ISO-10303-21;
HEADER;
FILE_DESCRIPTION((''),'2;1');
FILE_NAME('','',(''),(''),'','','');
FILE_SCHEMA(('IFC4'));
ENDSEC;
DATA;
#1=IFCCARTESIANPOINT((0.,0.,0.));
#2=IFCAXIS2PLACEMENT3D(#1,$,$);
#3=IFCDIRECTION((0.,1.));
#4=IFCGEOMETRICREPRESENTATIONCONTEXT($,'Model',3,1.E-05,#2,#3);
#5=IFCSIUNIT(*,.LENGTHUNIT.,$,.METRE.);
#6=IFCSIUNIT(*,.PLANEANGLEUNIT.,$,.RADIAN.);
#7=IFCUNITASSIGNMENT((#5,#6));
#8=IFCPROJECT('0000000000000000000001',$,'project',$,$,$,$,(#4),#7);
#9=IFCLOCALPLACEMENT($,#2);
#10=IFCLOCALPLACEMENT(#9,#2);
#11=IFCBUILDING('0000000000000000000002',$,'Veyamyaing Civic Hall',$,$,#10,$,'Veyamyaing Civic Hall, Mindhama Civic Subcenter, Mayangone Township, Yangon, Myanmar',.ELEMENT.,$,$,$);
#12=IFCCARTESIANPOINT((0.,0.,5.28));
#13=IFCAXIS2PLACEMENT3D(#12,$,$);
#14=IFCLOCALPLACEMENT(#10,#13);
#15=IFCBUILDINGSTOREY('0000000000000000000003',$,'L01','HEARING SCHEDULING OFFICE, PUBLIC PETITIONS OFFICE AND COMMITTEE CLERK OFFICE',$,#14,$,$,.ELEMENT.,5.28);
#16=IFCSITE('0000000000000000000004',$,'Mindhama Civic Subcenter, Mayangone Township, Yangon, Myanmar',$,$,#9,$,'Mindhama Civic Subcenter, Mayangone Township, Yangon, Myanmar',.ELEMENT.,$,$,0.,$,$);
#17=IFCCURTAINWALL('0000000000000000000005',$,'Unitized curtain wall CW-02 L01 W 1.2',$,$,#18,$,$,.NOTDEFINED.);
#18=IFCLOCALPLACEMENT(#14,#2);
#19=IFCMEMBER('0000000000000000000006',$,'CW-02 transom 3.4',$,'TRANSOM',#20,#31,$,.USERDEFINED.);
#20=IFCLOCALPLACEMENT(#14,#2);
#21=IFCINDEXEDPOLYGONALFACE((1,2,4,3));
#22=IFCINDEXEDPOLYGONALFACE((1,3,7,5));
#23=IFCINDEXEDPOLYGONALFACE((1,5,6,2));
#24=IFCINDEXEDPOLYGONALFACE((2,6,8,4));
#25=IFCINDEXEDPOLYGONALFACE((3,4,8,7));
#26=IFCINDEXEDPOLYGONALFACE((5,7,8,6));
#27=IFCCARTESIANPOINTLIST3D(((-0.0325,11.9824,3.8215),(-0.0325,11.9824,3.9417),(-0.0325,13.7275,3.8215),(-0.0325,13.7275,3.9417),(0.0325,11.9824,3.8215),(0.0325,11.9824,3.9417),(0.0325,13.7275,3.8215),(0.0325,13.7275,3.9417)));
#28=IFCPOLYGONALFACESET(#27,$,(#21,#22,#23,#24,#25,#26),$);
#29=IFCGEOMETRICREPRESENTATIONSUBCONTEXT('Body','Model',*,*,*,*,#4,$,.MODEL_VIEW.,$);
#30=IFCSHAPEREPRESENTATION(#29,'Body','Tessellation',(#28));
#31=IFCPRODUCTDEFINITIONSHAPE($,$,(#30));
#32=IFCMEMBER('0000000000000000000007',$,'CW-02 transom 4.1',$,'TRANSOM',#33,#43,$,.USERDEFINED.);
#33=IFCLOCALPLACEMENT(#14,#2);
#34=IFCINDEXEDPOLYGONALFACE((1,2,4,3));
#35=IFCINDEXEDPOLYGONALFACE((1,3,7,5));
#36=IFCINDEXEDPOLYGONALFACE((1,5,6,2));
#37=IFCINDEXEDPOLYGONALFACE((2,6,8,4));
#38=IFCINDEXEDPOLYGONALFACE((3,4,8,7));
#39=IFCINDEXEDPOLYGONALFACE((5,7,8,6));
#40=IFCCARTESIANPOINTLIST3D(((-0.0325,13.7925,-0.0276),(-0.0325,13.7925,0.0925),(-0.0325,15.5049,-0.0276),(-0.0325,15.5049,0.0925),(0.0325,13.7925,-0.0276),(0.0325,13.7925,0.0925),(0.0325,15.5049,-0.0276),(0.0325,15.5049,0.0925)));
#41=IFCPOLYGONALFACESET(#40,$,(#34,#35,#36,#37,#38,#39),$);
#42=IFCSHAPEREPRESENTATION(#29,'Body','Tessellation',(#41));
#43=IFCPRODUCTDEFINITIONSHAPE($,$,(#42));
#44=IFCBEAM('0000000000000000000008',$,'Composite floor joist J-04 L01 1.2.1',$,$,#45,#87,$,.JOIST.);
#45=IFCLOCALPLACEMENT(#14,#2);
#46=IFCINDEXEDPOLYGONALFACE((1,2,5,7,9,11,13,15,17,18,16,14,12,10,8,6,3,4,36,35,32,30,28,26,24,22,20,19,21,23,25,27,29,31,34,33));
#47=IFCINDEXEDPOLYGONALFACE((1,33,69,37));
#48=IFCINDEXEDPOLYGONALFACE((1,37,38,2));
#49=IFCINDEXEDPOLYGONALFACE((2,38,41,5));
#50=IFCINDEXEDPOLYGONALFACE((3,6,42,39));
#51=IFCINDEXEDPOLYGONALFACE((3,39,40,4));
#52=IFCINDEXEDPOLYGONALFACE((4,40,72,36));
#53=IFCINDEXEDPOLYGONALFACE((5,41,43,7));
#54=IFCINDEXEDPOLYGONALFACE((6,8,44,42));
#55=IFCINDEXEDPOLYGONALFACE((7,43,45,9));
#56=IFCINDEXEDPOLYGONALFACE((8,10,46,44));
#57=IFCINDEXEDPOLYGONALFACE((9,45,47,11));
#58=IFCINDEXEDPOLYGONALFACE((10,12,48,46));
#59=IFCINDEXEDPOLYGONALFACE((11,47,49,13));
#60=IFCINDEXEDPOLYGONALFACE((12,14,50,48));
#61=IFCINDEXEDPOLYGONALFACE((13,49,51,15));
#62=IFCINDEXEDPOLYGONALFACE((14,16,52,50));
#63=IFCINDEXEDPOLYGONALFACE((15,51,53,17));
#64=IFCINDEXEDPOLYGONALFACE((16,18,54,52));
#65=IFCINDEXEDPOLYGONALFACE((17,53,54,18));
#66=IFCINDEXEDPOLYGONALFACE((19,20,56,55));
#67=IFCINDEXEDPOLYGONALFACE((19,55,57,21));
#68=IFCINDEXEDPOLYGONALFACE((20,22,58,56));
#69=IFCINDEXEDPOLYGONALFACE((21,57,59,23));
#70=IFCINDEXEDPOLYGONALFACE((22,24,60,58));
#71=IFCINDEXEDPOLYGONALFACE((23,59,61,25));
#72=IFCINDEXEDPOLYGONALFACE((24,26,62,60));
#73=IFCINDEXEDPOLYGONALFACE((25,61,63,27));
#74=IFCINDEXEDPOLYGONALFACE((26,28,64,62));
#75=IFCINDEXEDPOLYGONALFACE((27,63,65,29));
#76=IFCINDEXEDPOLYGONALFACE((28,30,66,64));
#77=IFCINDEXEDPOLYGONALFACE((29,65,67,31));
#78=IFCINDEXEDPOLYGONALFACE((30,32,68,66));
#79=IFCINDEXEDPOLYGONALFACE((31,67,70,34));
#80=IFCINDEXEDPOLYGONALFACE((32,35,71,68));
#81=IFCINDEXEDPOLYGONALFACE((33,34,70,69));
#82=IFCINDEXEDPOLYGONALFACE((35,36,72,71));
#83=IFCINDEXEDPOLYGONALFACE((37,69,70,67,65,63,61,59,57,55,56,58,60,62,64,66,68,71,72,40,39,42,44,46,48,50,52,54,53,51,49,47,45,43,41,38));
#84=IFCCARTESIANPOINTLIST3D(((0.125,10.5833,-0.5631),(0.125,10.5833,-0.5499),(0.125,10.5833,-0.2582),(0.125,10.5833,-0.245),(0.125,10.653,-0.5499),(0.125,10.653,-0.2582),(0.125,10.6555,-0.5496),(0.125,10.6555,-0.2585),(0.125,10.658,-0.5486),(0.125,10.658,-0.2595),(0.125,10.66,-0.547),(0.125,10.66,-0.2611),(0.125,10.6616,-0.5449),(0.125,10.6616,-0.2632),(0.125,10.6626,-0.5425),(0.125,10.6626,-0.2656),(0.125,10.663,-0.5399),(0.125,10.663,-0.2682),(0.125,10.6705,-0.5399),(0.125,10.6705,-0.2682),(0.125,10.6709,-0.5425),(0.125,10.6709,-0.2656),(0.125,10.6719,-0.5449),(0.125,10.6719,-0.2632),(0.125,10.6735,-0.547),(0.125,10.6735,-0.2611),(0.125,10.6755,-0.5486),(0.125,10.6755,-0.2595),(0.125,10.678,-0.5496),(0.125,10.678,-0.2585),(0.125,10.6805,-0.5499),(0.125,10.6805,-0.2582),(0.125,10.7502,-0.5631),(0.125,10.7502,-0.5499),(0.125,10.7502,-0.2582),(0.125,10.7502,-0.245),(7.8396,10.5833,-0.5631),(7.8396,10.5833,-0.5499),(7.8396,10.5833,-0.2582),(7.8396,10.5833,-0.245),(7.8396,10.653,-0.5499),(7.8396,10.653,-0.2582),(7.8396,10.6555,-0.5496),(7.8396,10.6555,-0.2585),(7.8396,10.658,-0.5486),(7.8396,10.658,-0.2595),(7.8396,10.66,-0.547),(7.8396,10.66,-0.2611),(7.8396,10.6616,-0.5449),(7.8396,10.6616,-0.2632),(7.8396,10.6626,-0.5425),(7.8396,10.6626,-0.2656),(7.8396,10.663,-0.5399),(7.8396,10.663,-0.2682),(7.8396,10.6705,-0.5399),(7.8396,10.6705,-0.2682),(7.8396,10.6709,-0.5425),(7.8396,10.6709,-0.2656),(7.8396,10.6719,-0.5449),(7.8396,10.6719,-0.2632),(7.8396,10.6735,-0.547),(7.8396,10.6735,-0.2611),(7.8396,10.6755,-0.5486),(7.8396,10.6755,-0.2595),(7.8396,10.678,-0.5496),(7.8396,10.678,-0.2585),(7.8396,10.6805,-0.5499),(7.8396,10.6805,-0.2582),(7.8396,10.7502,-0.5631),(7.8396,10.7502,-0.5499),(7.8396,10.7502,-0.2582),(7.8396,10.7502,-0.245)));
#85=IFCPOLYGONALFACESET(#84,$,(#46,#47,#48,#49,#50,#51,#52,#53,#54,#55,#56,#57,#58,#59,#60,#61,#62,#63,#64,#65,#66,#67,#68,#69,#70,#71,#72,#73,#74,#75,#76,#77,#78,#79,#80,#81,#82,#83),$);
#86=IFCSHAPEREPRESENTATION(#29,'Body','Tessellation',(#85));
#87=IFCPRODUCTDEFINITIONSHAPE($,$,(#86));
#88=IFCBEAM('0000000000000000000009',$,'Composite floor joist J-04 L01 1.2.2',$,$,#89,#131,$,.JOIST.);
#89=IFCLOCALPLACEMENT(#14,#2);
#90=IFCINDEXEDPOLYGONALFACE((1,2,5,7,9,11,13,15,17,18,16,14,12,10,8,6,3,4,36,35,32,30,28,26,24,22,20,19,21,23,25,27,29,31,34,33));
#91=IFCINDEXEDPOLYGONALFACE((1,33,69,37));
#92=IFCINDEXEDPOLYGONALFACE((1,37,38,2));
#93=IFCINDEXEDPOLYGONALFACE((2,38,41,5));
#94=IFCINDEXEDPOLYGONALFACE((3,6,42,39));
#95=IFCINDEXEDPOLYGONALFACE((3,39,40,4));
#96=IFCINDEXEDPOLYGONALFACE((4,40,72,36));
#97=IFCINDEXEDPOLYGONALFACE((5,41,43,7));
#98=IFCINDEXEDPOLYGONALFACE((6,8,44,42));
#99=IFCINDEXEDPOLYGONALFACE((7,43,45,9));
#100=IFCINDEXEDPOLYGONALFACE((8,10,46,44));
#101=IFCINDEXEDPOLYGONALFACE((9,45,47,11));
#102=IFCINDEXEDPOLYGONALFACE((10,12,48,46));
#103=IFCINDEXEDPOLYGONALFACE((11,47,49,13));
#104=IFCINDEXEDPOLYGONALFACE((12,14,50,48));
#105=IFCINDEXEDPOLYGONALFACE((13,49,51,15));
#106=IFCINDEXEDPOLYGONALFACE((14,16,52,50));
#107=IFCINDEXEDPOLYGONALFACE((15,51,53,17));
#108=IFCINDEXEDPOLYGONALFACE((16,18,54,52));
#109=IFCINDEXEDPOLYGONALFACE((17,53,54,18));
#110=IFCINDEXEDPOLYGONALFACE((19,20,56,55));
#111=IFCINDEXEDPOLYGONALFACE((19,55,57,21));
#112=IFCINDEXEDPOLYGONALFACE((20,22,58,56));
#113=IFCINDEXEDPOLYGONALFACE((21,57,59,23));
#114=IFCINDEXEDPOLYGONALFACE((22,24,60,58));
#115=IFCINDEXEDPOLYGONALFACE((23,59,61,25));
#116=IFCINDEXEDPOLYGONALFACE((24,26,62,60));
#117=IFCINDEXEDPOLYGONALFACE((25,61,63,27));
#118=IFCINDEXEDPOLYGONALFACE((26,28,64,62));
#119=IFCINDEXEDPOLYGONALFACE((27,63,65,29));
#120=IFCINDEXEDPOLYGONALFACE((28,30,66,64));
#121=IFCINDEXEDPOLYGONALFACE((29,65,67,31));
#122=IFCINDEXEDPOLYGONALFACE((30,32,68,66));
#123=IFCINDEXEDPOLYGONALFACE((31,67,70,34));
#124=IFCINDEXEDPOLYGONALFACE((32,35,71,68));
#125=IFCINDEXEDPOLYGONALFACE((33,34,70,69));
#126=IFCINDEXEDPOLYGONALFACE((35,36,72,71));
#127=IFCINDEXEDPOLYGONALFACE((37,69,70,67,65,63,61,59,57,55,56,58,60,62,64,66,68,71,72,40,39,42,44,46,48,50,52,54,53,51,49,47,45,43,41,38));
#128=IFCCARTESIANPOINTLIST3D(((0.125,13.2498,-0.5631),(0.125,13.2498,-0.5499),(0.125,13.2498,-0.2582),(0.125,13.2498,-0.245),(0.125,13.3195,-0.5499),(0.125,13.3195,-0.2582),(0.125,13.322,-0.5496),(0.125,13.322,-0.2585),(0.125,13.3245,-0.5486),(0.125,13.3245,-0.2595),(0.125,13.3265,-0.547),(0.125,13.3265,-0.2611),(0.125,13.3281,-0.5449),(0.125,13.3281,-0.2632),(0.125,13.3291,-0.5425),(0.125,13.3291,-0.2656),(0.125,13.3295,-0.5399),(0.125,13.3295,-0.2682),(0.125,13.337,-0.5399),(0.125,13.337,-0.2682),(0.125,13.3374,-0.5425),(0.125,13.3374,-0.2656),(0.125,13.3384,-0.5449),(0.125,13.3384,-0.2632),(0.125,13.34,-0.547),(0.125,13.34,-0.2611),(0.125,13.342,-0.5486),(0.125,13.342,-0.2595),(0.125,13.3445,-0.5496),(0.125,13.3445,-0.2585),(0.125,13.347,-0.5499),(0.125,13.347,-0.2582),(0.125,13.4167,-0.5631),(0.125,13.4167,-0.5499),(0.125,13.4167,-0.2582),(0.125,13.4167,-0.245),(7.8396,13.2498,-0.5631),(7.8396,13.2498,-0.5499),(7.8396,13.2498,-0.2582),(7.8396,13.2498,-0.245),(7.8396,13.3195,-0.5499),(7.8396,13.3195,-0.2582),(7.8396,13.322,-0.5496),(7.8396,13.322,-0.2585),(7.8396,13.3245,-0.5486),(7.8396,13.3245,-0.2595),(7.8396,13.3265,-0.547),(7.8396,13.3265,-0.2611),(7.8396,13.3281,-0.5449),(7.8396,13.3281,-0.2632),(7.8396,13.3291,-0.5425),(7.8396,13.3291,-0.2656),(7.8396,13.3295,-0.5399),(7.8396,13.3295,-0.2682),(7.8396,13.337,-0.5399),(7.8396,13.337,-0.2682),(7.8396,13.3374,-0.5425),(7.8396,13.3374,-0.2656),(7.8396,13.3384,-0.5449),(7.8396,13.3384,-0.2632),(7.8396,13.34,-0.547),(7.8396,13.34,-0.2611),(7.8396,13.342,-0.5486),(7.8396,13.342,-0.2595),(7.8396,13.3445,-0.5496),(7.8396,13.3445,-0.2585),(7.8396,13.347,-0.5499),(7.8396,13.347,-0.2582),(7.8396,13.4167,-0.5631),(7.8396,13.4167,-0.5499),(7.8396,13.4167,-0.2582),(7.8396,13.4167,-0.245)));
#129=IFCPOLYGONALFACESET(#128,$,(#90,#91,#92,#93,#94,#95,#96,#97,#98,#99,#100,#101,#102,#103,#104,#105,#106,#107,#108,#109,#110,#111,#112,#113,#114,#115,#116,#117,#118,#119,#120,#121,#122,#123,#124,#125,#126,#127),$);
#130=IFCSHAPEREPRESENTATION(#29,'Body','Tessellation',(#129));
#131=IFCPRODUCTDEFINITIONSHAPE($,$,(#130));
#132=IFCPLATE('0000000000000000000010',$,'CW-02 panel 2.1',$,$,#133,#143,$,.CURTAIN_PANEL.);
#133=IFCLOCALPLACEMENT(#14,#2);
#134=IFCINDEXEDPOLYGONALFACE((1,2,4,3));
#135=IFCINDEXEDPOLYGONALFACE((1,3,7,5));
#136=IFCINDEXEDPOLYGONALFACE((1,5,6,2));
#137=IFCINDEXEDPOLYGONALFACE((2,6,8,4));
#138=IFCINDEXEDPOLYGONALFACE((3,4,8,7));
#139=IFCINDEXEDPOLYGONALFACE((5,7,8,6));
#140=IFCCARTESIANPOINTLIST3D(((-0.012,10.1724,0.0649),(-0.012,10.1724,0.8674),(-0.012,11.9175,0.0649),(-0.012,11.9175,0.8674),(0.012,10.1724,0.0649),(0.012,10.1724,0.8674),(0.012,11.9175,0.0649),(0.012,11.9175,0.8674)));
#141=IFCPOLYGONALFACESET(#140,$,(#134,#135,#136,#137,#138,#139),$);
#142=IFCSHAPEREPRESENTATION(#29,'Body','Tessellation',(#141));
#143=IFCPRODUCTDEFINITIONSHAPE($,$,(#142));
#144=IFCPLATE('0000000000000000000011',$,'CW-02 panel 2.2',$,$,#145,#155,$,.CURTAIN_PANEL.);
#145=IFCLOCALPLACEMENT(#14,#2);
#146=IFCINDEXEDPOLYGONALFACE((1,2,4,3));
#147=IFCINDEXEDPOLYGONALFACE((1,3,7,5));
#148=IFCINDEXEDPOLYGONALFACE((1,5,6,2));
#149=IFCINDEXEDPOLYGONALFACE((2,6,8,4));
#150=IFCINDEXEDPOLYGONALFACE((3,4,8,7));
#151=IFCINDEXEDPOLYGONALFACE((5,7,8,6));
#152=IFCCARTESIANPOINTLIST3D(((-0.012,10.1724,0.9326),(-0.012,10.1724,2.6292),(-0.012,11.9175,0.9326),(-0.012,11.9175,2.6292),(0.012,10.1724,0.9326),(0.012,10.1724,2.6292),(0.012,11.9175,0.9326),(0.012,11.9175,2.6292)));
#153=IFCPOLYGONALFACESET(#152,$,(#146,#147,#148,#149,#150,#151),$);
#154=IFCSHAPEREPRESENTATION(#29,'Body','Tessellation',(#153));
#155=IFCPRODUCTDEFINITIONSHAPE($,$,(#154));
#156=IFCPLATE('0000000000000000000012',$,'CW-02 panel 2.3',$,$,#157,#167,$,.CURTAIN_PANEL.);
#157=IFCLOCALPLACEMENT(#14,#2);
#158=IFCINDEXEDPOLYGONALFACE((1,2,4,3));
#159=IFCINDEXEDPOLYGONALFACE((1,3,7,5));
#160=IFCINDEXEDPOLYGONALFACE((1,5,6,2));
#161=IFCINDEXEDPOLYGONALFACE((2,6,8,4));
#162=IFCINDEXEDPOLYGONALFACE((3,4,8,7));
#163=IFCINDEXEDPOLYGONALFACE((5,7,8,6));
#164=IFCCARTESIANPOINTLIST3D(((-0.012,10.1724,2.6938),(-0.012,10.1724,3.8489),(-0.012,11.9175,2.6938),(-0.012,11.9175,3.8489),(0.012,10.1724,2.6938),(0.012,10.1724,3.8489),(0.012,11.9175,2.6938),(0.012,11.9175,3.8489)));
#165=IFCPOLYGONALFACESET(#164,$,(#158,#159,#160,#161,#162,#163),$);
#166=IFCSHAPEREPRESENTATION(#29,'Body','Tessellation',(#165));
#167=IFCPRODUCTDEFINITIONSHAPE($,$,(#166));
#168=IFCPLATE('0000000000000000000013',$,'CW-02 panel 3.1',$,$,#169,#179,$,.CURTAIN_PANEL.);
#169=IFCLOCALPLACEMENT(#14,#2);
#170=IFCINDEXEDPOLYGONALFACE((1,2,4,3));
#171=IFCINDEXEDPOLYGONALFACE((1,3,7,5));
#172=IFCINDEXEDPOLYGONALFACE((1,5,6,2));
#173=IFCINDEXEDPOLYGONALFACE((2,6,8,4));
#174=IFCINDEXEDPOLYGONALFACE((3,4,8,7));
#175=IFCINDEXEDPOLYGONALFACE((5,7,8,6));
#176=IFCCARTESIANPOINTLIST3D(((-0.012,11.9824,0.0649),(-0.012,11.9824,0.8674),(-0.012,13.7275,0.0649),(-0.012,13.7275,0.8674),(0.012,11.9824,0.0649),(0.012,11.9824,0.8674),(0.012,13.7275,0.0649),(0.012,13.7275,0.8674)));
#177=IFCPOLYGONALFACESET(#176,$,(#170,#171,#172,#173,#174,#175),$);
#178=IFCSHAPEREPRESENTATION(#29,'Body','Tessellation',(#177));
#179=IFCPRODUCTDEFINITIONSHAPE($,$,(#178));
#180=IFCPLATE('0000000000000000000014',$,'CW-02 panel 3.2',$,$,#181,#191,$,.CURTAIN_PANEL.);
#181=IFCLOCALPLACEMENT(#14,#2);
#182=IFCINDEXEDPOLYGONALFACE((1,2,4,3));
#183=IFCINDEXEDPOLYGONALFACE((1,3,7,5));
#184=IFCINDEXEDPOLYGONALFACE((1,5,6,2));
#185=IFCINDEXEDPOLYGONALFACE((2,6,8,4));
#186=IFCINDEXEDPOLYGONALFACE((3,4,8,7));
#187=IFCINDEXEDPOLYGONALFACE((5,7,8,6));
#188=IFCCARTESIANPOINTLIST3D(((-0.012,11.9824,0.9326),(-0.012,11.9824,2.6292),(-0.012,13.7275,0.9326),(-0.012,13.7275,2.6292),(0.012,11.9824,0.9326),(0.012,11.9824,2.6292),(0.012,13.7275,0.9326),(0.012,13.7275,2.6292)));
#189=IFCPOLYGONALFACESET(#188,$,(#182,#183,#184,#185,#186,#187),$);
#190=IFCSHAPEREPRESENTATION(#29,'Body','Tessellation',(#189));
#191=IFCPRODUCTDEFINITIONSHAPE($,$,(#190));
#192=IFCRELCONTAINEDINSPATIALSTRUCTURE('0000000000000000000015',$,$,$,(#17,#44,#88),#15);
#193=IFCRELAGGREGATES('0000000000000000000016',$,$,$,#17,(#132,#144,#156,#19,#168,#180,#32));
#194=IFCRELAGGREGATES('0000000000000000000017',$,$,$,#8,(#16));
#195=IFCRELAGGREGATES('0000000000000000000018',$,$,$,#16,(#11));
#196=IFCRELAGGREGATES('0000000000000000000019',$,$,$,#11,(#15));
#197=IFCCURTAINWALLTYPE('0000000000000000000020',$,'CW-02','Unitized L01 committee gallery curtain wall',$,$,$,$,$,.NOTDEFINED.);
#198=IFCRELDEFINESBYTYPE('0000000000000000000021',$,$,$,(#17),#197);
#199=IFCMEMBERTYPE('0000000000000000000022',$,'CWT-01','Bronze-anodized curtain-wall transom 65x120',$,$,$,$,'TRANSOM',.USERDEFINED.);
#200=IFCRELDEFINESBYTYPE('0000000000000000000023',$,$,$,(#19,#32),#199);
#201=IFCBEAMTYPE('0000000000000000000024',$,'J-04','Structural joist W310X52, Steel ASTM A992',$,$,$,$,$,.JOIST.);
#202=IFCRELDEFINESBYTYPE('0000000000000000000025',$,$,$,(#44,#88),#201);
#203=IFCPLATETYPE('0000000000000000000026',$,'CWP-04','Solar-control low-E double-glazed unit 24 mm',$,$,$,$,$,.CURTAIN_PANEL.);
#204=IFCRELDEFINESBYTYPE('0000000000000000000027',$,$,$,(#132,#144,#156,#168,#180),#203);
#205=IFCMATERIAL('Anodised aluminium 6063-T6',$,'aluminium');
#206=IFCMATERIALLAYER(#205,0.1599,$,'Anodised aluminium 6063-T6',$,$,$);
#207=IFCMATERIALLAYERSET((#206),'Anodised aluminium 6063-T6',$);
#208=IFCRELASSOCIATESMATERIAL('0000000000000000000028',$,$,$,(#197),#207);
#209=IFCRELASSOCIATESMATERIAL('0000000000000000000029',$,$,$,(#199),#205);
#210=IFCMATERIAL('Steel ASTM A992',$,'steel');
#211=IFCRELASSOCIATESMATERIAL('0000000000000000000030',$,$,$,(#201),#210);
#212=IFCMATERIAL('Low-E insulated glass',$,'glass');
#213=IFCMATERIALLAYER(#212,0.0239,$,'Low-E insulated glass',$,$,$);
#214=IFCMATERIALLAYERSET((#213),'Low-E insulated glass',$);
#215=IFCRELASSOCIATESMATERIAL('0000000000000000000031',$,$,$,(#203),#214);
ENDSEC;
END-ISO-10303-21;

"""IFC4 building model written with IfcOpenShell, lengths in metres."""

from ifc_helpers import new_model, si_unit, direction, frame, origin, origin_2d, place, context, subcontext, project, spatial, rectangle, i_section, extrude, material, layer, layer_set, material_profile, profile_set, type_object, element, aggregate, save


model = new_model("IFC4")

# Units and contexts
model_context = context("Model", 3, precision=1e-05, world=origin(), true_north=direction((0.0, 1.0)))
body_context = subcontext(model_context, "Body", "Model", "MODEL_VIEW")
ifc_project = project(units=[si_unit("LENGTHUNIT", "METRE"), si_unit("PLANEANGLEUNIT", "RADIAN")], contexts=[model_context])

# Site, building, storey
site_placement = place(None, origin())
site = spatial("IfcSite", under=ifc_project, at=site_placement, Name="Mindhama Civic Subcenter, Mayangone Township, Yangon, Myanmar", LongName="Mindhama Civic Subcenter, Mayangone Township, Yangon, Myanmar", CompositionType="ELEMENT", RefElevation=0.0)
building_placement = place(site_placement, origin())
building = spatial("IfcBuilding", under=site, at=building_placement, Name="Veyamyaing Civic Hall", LongName="Veyamyaing Civic Hall, Mindhama Civic Subcenter, Mayangone Township, Yangon, Myanmar", CompositionType="ELEMENT")
storey_placement = place(building_placement, frame((0.0, 0.0, 5.28)))
storey = spatial("IfcBuildingStorey", under=building, at=storey_placement, Name="L01", Description="HEARING SCHEDULING OFFICE, PUBLIC PETITIONS OFFICE AND COMMITTEE CLERK OFFICE", CompositionType="ELEMENT", Elevation=5.28)

# Shared definitions
ifc_material_1 = material(Name="Steel ASTM A992", Category="steel")

# Curtain wall, members
ifc_material_2 = material(Name="Anodised aluminium 6063-T6", Category="aluminium")
ifc_layer_1 = layer(ifc_material_2, 0.1599, Name="Anodised aluminium 6063-T6")
ifc_layer_set_1 = layer_set([ifc_layer_1], Name="Anodised aluminium 6063-T6")
curtain_wall_type = type_object("IfcCurtainWallType", Name="CW-02", Description="Unitized L01 committee gallery curtain wall", PredefinedType="NOTDEFINED", material=ifc_layer_set_1)
curtain_wall_placement = place(storey_placement, origin())
curtain_wall = element("IfcCurtainWall", 1, at=curtain_wall_placement, inside=storey, type_object=curtain_wall_type, Name="Unitized curtain wall CW-02 L01 W 1.2", PredefinedType="NOTDEFINED")
ifc_material_profile_1 = material_profile(ifc_material_2, rectangle(XDim=0.0649, YDim=0.1201, at=origin_2d()), Name="ALU-TRN-65X120")
ifc_profile_set_1 = profile_set([ifc_material_profile_1], Name="Anodised aluminium 6063-T6")
member_type_1 = type_object("IfcMemberType", Name="CWT-01", Description="Bronze-anodized curtain-wall transom 65x120", ElementType="TRANSOM", PredefinedType="USERDEFINED", material=ifc_profile_set_1)
member_1_placement = place(storey_placement, frame((0.0, 11.9824, 3.8816), z_axis=(0.0, 1.0, 0.0), x_axis=(-1.0, 0.0, 0.0)))
member_1 = element("IfcMember", 2, at=member_1_placement, type_object=member_type_1, Name="CW-02 transom 3.4", ObjectType="TRANSOM", PredefinedType="USERDEFINED", context=body_context, shape_type="SweptSolid", body=[
    extrude(rectangle(XDim=0.0649, YDim=0.1201, at=origin_2d()), origin(), (0.0, 0.0, 1.0), 1.7451),
])
member_2_placement = place(storey_placement, frame((0.0, 13.7925, 0.0325), z_axis=(0.0, 1.0, 0.0), x_axis=(-1.0, 0.0, 0.0)))
member_2 = element("IfcMember", 3, at=member_2_placement, type_object=member_type_1, Name="CW-02 transom 4.1", ObjectType="TRANSOM", PredefinedType="USERDEFINED", context=body_context, shape_type="SweptSolid", body=[
    extrude(rectangle(XDim=0.0649, YDim=0.1201, at=origin_2d()), origin(), (0.0, 0.0, 1.0), 1.7124),
])

# Beams
ifc_material_profile_2 = material_profile(ifc_material_1, i_section(OverallWidth=0.167, OverallDepth=0.3181, WebThickness=0.0076, FlangeThickness=0.0132, FilletRadius=0.01, at=origin_2d()), Name="W310X52")
ifc_profile_set_2 = profile_set([ifc_material_profile_2], Name="Steel ASTM A992")
beam_type_1 = type_object("IfcBeamType", Name="J-04", Description="Structural joist W310X52, Steel ASTM A992", PredefinedType="JOIST", material=ifc_profile_set_2)
for number, where, z_axis, x_axis, name in (
    (4, (0.125, 10.6667, -0.4041), (1.0, 0.0, 0.0), (0.0, 1.0, 0.0), "Composite floor joist J-04 L01 1.2.1"),
    (5, (0.125, 13.3333, -0.4041), (1.0, 0.0, 0.0), (0.0, 1.0, 0.0), "Composite floor joist J-04 L01 1.2.2"),
):
    element("IfcBeam", number, at=place(storey_placement, frame(where, z_axis=z_axis, x_axis=x_axis)), inside=storey, type_object=beam_type_1, Name=name, PredefinedType="JOIST", context=body_context, shape_type="SweptSolid", body=[
        extrude(i_section(OverallWidth=0.167, OverallDepth=0.3181, WebThickness=0.0076, FlangeThickness=0.0132, FilletRadius=0.01, at=origin_2d()), origin(), (0.0, 0.0, 1.0), 7.7146),
    ])

# Plates
ifc_material_3 = material(Name="Low-E insulated glass", Category="glass")
ifc_layer_2 = layer(ifc_material_3, 0.0239, Name="Low-E insulated glass")
ifc_layer_set_2 = layer_set([ifc_layer_2], Name="Low-E insulated glass")
plate_type = type_object("IfcPlateType", Name="CWP-04", Description="Solar-control low-E double-glazed unit 24 mm", PredefinedType="CURTAIN_PANEL", material=ifc_layer_set_2)
plate_1_placement = place(storey_placement, frame((0.0, 11.0449, 0.0649), z_axis=(0.0, 0.0, 1.0), x_axis=(0.0, 1.0, 0.0)))
plate_1 = element("IfcPlate", 6, at=plate_1_placement, type_object=plate_type, Name="CW-02 panel 2.1", PredefinedType="CURTAIN_PANEL", context=body_context, shape_type="SweptSolid", body=[
    extrude(rectangle(XDim=1.7451, YDim=0.0239, at=origin_2d()), origin(), (0.0, 0.0, 1.0), 0.8025),
])
plate_2_placement = place(storey_placement, frame((0.0, 11.0449, 0.9326), z_axis=(0.0, 0.0, 1.0), x_axis=(0.0, 1.0, 0.0)))
plate_2 = element("IfcPlate", 7, at=plate_2_placement, type_object=plate_type, Name="CW-02 panel 2.2", PredefinedType="CURTAIN_PANEL", context=body_context, shape_type="SweptSolid", body=[
    extrude(rectangle(XDim=1.7451, YDim=0.0239, at=origin_2d()), origin(), (0.0, 0.0, 1.0), 1.6965),
])
plate_3_placement = place(storey_placement, frame((0.0, 11.0449, 2.6938), z_axis=(0.0, 0.0, 1.0), x_axis=(0.0, 1.0, 0.0)))
plate_3 = element("IfcPlate", 8, at=plate_3_placement, type_object=plate_type, Name="CW-02 panel 2.3", PredefinedType="CURTAIN_PANEL", context=body_context, shape_type="SweptSolid", body=[
    extrude(rectangle(XDim=1.7451, YDim=0.0239, at=origin_2d()), origin(), (0.0, 0.0, 1.0), 1.155),
])
plate_4_placement = place(storey_placement, frame((0.0, 12.855, 0.0649), z_axis=(0.0, 0.0, 1.0), x_axis=(0.0, 1.0, 0.0)))
plate_4 = element("IfcPlate", 9, at=plate_4_placement, type_object=plate_type, Name="CW-02 panel 3.1", PredefinedType="CURTAIN_PANEL", context=body_context, shape_type="SweptSolid", body=[
    extrude(rectangle(XDim=1.7451, YDim=0.0239, at=origin_2d()), origin(), (0.0, 0.0, 1.0), 0.8025),
])
plate_5_placement = place(storey_placement, frame((0.0, 12.855, 0.9326), z_axis=(0.0, 0.0, 1.0), x_axis=(0.0, 1.0, 0.0)))
plate_5 = element("IfcPlate", 10, at=plate_5_placement, type_object=plate_type, Name="CW-02 panel 3.2", PredefinedType="CURTAIN_PANEL", context=body_context, shape_type="SweptSolid", body=[
    extrude(rectangle(XDim=1.7451, YDim=0.0239, at=origin_2d()), origin(), (0.0, 0.0, 1.0), 1.6965),
])
aggregate(curtain_wall, [plate_1, plate_2, plate_3, member_1, plate_4, plate_5, member_2])

save(model, "model.ifc")
